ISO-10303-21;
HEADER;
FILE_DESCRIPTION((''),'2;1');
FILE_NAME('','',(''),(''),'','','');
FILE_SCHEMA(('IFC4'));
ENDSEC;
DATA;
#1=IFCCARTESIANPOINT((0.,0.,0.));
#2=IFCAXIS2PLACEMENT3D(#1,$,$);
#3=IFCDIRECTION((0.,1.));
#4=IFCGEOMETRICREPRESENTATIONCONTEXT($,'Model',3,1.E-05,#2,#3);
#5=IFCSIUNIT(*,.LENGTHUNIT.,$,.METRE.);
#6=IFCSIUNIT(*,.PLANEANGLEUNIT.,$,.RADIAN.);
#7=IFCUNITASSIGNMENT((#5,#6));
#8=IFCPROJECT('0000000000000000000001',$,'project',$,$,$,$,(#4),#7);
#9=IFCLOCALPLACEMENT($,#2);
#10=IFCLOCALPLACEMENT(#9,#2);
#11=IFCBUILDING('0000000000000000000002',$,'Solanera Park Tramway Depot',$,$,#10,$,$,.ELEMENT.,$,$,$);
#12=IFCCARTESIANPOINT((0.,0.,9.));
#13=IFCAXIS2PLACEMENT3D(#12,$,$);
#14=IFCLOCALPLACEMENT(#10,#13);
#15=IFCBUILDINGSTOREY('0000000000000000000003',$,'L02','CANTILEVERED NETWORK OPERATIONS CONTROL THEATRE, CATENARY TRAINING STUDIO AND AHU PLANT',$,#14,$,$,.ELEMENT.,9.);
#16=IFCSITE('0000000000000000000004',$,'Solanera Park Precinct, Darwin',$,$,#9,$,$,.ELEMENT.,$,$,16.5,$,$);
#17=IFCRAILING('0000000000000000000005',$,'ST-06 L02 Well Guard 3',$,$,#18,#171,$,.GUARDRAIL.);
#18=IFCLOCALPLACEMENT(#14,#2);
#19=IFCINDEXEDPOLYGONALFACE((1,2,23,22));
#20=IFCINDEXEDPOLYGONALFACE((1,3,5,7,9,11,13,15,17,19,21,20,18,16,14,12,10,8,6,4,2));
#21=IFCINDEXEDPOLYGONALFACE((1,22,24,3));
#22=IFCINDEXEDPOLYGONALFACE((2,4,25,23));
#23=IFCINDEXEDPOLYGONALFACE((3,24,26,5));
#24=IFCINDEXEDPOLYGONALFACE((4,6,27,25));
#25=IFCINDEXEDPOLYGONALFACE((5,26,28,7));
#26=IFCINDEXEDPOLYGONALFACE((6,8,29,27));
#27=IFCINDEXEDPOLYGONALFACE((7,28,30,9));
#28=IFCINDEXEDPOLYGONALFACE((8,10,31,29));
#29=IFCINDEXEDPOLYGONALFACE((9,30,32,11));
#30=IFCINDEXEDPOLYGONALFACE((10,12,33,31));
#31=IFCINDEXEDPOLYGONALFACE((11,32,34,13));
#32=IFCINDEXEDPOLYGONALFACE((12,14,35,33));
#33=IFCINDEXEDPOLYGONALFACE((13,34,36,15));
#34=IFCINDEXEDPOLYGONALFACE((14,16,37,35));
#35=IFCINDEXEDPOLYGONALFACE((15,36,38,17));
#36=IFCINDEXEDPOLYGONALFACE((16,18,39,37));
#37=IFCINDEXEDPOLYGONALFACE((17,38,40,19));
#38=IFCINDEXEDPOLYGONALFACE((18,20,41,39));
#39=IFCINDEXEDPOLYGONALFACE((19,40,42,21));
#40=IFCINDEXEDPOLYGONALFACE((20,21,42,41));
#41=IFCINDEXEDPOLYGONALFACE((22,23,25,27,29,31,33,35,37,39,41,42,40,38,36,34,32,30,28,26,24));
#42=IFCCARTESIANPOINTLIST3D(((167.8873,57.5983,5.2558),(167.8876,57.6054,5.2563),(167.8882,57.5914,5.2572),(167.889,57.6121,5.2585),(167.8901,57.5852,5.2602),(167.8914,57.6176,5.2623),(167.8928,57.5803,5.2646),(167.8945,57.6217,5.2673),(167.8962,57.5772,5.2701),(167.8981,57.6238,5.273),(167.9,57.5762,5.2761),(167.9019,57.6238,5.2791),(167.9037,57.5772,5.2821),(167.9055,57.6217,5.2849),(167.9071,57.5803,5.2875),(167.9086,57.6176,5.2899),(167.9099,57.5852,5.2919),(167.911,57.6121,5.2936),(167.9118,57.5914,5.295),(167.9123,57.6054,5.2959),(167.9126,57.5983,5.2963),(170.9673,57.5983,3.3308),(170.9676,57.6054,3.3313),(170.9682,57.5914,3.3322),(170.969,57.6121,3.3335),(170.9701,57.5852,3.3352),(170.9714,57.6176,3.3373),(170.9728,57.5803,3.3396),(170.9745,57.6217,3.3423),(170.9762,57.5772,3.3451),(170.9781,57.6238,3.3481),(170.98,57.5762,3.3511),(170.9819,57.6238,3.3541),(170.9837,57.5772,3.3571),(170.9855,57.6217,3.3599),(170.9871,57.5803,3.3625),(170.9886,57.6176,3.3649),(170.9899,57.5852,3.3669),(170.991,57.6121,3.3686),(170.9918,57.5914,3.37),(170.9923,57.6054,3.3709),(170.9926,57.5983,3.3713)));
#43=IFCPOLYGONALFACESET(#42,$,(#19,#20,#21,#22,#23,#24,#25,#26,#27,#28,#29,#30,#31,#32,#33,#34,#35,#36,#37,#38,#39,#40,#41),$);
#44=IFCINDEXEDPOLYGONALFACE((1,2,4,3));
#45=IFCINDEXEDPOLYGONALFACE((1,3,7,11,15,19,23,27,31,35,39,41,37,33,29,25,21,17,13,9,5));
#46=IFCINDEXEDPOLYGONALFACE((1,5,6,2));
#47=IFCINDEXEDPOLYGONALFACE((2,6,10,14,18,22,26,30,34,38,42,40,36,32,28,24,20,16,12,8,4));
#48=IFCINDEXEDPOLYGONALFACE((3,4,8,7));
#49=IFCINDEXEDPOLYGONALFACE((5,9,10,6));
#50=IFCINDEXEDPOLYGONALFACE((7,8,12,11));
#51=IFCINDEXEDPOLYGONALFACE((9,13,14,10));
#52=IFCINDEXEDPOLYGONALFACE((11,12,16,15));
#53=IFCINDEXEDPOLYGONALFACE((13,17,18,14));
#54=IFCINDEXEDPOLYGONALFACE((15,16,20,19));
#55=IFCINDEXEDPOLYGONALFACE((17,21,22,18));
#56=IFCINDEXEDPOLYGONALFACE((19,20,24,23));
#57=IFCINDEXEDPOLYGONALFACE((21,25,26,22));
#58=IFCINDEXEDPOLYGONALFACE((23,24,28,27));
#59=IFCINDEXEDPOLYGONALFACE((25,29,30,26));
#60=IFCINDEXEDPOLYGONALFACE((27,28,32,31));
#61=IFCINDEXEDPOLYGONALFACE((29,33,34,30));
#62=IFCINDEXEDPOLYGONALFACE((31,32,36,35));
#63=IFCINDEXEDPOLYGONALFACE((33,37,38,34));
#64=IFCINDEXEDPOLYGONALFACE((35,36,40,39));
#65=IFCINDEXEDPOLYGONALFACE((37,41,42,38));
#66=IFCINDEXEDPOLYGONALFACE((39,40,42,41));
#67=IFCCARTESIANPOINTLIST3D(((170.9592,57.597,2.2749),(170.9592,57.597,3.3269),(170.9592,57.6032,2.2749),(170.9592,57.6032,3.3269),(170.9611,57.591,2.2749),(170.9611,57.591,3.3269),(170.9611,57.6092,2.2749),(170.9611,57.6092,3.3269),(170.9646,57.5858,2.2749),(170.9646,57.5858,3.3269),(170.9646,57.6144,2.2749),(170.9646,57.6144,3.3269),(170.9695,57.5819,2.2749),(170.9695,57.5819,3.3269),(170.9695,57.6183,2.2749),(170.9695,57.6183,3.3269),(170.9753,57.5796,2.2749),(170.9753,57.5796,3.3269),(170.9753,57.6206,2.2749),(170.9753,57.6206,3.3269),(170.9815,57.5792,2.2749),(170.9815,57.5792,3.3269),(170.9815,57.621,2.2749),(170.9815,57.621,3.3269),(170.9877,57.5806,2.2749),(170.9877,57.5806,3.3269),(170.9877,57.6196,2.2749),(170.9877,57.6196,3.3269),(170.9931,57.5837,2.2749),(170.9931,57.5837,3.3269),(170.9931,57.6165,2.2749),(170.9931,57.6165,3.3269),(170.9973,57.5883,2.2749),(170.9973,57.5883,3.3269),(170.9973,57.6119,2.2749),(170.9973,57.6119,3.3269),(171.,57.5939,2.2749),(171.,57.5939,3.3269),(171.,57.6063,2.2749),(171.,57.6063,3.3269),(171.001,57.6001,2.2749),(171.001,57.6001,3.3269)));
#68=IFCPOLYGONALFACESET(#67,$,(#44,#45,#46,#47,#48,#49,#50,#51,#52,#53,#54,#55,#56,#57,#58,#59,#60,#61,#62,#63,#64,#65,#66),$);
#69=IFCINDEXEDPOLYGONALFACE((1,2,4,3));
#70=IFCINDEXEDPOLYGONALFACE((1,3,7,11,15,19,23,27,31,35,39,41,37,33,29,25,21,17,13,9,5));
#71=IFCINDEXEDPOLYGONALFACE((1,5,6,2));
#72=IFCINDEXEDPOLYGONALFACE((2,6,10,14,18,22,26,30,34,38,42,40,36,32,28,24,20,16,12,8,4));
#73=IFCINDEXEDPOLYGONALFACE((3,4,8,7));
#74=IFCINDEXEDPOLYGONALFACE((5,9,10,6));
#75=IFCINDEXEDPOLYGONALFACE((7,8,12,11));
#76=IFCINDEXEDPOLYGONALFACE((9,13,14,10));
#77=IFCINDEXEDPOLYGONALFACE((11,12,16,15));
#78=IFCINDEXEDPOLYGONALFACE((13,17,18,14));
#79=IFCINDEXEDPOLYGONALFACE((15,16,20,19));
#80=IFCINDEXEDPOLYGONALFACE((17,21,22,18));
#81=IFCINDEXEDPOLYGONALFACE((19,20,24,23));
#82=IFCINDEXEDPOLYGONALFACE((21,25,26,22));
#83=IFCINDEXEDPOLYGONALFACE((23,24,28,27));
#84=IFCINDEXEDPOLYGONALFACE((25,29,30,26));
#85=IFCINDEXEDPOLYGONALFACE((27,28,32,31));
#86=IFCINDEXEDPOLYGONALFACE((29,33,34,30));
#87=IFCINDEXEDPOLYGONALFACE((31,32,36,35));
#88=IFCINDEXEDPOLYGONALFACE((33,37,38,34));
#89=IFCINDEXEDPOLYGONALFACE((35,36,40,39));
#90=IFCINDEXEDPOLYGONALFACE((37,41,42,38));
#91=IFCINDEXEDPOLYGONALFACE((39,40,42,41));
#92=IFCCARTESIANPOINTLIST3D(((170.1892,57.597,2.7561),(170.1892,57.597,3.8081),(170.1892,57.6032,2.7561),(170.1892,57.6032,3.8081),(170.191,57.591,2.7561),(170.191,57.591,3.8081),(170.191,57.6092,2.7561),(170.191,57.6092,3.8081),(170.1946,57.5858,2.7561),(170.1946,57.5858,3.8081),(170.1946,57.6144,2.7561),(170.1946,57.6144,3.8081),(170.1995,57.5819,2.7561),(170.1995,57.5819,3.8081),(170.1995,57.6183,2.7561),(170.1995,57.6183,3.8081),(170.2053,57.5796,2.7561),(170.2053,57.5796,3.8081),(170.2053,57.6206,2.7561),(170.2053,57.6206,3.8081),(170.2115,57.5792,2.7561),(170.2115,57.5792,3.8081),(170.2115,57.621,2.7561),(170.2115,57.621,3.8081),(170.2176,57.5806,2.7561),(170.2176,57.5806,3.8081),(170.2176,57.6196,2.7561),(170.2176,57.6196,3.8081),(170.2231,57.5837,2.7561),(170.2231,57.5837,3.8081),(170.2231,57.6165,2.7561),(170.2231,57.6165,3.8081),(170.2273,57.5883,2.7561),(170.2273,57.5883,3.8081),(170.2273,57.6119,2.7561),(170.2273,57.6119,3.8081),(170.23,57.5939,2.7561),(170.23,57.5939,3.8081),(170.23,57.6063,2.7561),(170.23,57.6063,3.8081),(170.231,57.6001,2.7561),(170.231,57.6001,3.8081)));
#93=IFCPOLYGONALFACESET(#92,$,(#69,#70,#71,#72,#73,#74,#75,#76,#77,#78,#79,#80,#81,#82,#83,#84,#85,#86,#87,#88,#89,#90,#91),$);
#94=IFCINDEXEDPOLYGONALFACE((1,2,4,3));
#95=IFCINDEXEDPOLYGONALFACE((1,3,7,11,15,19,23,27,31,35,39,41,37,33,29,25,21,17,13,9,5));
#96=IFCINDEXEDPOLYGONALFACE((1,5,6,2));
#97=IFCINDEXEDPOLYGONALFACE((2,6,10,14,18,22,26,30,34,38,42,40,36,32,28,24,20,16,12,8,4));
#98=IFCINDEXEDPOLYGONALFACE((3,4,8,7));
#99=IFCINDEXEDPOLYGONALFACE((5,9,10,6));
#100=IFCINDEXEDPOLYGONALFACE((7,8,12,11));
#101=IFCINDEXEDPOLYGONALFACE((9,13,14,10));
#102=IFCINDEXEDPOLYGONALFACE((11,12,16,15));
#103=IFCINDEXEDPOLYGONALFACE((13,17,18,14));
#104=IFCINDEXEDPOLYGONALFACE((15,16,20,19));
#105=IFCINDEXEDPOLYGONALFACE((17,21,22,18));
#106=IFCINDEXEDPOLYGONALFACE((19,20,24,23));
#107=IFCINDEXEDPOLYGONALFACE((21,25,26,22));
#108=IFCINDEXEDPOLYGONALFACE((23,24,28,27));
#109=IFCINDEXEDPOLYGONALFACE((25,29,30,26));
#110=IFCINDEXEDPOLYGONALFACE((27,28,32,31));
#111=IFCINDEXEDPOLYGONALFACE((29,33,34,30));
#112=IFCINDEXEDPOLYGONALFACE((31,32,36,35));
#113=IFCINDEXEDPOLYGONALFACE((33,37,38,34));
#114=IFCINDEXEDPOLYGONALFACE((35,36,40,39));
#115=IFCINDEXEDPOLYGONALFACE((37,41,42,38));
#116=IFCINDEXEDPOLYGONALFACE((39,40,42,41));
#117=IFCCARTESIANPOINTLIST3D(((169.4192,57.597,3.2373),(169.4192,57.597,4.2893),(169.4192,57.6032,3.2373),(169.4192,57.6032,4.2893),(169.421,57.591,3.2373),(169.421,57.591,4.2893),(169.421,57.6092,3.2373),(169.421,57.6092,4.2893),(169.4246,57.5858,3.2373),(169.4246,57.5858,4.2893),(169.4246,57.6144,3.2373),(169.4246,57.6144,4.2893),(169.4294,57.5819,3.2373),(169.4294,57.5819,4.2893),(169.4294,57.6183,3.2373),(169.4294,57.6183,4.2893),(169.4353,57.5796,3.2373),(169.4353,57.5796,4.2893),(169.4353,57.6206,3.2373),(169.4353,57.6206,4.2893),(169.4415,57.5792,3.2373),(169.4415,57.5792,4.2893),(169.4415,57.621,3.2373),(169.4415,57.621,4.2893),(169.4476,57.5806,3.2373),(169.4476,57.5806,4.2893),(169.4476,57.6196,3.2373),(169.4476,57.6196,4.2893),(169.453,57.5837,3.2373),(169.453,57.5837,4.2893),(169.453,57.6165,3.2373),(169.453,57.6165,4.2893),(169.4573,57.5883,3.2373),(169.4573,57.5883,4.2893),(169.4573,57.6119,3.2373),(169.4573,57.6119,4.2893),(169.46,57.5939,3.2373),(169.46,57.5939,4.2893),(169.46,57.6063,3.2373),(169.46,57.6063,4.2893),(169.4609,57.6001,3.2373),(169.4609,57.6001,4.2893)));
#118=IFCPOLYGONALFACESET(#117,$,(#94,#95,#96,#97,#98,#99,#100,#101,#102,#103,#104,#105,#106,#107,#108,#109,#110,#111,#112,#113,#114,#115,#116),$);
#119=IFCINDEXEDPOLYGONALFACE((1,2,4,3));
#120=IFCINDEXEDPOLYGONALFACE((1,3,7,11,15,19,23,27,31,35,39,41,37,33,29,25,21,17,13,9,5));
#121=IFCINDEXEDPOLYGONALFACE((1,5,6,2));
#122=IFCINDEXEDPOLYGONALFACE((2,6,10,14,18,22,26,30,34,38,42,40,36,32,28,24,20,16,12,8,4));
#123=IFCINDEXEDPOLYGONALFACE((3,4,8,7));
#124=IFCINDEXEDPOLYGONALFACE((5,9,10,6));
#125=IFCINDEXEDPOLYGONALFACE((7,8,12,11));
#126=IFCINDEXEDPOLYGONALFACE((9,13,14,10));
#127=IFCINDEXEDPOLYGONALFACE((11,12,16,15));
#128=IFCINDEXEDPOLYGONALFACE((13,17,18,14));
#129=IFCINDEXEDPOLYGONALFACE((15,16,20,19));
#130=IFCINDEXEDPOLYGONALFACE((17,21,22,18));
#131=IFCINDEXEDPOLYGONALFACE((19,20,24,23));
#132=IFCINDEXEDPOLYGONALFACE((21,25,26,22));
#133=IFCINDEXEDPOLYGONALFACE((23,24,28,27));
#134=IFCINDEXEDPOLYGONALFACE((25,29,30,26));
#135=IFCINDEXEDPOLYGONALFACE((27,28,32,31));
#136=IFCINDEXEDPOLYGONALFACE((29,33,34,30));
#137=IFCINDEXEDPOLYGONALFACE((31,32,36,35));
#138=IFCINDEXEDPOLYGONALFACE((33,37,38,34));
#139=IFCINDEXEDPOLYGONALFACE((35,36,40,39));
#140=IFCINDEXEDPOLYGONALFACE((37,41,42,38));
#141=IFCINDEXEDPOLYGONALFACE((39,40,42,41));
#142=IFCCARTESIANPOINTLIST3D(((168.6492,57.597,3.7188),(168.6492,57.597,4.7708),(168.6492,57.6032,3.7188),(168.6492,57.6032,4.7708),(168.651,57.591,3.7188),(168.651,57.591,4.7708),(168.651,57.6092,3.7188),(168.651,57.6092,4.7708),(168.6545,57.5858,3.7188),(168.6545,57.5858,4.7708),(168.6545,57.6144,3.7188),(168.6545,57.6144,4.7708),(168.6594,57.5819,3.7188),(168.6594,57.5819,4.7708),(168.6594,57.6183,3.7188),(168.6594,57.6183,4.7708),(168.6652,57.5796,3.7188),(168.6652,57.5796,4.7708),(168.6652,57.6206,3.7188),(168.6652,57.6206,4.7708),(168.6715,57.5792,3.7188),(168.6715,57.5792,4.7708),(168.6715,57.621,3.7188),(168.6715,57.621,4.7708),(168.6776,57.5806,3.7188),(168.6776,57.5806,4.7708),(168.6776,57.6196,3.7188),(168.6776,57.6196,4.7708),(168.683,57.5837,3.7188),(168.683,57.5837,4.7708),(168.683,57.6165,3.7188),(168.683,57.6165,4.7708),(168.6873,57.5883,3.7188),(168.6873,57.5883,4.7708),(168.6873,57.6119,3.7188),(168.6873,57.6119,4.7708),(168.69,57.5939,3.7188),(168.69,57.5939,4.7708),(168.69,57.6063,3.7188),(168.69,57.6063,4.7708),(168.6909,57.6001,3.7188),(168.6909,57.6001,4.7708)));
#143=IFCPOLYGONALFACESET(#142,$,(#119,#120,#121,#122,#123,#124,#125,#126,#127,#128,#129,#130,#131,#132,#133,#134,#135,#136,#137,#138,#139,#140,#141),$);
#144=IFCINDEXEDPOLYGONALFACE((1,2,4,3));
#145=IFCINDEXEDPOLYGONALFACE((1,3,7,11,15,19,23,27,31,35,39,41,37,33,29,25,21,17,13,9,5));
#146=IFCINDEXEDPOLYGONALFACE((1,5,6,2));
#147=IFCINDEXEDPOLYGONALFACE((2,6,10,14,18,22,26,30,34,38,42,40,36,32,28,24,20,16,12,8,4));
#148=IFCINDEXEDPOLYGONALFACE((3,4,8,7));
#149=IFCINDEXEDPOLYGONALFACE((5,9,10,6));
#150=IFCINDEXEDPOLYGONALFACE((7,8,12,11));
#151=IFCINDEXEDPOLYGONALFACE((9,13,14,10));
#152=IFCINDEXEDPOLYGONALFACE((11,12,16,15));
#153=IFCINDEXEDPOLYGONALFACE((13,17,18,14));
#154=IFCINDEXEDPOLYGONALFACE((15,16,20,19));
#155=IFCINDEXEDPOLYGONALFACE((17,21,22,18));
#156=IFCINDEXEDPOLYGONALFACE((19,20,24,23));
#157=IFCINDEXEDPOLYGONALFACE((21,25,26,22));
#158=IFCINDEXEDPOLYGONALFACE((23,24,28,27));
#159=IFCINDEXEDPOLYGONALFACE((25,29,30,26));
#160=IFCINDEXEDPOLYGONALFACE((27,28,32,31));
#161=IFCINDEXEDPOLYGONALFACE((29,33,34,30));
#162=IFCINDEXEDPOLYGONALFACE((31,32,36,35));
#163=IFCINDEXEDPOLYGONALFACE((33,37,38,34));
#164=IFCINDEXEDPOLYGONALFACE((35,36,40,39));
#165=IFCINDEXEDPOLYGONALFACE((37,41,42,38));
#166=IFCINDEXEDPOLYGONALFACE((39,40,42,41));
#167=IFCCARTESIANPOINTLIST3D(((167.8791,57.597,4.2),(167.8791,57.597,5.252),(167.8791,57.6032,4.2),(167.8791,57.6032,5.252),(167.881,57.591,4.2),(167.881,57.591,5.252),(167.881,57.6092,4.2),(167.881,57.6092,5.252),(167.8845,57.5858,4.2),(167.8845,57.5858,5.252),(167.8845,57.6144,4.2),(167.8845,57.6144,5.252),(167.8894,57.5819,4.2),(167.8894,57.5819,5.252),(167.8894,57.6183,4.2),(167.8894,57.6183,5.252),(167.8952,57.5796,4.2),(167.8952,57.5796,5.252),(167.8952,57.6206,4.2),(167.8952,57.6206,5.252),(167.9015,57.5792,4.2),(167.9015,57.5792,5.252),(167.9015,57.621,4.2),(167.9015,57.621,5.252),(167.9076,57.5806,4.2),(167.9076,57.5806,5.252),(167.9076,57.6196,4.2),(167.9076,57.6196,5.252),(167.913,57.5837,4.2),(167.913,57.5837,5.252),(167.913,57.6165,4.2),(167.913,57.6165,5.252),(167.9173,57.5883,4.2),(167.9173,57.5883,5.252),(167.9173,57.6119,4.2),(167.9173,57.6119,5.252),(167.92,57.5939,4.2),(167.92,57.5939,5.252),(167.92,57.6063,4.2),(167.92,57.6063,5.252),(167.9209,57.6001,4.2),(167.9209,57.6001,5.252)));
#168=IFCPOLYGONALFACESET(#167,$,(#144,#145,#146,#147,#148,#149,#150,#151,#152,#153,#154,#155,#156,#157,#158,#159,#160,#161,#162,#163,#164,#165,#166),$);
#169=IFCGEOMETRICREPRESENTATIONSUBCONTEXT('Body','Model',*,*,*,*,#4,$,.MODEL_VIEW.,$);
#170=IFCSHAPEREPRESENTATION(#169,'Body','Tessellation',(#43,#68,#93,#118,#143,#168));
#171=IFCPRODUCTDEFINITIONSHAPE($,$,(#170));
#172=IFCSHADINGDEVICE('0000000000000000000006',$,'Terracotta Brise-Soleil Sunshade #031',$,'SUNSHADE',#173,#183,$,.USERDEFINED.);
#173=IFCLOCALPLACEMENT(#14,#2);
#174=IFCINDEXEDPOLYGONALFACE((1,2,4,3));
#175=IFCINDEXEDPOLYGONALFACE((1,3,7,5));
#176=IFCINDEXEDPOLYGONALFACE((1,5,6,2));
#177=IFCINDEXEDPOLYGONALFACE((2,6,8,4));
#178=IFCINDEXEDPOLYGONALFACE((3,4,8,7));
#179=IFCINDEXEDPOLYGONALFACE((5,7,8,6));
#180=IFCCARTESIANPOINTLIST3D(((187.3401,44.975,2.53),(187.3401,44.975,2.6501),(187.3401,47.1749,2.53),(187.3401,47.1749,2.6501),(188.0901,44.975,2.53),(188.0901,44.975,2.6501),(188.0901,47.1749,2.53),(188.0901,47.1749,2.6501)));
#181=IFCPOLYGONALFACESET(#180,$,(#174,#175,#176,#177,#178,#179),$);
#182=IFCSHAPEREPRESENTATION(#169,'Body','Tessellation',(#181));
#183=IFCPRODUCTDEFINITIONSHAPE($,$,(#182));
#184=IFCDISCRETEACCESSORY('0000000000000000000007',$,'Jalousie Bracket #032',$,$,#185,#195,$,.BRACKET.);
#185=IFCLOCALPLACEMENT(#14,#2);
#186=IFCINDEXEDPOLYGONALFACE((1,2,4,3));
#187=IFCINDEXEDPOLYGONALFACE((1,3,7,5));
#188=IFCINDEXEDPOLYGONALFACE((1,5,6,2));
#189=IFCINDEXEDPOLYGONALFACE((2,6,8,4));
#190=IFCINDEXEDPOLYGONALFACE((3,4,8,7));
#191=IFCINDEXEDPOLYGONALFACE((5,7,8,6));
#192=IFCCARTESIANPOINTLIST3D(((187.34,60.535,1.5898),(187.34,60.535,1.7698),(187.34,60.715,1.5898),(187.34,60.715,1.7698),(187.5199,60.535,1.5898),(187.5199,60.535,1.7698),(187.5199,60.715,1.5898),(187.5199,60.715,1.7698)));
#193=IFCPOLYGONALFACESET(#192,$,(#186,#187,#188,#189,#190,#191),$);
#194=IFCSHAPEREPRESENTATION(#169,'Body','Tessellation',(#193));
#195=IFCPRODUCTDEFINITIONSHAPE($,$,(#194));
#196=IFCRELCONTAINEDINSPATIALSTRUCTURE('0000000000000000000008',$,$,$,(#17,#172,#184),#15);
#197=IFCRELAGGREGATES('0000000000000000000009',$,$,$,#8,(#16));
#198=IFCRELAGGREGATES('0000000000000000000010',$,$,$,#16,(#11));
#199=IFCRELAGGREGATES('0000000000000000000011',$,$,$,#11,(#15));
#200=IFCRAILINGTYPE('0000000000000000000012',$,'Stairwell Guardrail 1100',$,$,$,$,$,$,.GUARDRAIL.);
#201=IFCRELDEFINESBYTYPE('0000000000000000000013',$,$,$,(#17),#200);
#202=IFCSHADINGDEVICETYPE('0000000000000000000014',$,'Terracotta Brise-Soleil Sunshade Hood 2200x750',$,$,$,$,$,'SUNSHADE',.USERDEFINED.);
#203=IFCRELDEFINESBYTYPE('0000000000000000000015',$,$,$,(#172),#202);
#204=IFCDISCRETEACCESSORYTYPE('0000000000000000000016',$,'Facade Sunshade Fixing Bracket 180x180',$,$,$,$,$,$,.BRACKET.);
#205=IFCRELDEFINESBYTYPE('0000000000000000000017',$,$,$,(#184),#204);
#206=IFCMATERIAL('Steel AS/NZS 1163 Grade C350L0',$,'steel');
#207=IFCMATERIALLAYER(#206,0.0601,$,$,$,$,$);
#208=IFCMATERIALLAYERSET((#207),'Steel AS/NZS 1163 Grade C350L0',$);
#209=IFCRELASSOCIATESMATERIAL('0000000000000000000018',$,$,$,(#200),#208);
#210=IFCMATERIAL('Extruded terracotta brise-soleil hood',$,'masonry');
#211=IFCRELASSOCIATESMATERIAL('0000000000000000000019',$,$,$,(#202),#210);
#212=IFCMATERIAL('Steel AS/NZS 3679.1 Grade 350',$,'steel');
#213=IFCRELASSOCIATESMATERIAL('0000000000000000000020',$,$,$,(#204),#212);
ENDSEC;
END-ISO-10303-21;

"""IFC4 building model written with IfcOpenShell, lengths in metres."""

from ifc_helpers import new_model, si_unit, direction, frame, origin, origin_2d, place, context, subcontext, project, spatial, rectangle, circle, extrude, material, layer, layer_set, type_object, element, save


model = new_model("IFC4")

# Units and contexts
model_context = context("Model", 3, precision=1e-05, world=origin(), true_north=direction((0.0, 1.0)))
body_context = subcontext(model_context, "Body", "Model", "MODEL_VIEW")
ifc_project = project(units=[si_unit("LENGTHUNIT", "METRE"), si_unit("PLANEANGLEUNIT", "RADIAN")], contexts=[model_context])

# Site, building, storey
site_placement = place(None, origin())
site = spatial("IfcSite", under=ifc_project, at=site_placement, Name="Solanera Park Precinct, Darwin", CompositionType="ELEMENT", RefElevation=16.5)
building_placement = place(site_placement, origin())
building = spatial("IfcBuilding", under=site, at=building_placement, Name="Solanera Park Tramway Depot", CompositionType="ELEMENT")
storey_placement = place(building_placement, frame((0.0, 0.0, 9.0)))
storey = spatial("IfcBuildingStorey", under=building, at=storey_placement, Name="L02", Description="CANTILEVERED NETWORK OPERATIONS CONTROL THEATRE, CATENARY TRAINING STUDIO AND AHU PLANT", CompositionType="ELEMENT", Elevation=9.0)

# Railing
ifc_material_1 = material(Name="Steel AS/NZS 1163 Grade C350L0", Category="steel")
ifc_layer_1 = layer(ifc_material_1, 0.0601)
ifc_layer_set_1 = layer_set([ifc_layer_1], Name="Steel AS/NZS 1163 Grade C350L0")
railing_type_1 = type_object("IfcRailingType", Name="Stairwell Guardrail 1100", PredefinedType="GUARDRAIL", material=ifc_layer_set_1)
railing_1_placement = place(storey_placement, frame((170.98, 57.6001, 2.2749)))
element("IfcRailing", 1, at=railing_1_placement, inside=storey, type_object=railing_type_1, Name="ST-06 L02 Well Guard 3", PredefinedType="GUARDRAIL", context=body_context, shape_type="SweptSolid", body=[
    extrude(circle(Radius=0.0239, at=origin_2d()), frame((0.0, 0.0, 1.0762), z_axis=(-0.847998, 0.0, 0.529999), x_axis=(0.0, -1.0, 0.0)), (0.0, 0.0, 1.0), 3.6321),
    extrude(circle(Radius=0.021, at=origin_2d()), origin(), (0.0, 0.0, 1.0), 1.052),
    extrude(circle(Radius=0.021, at=origin_2d()), frame((-0.77, 0.0, 0.4812)), (0.0, 0.0, 1.0), 1.052),
    extrude(circle(Radius=0.021, at=origin_2d()), frame((-1.54, 0.0, 0.9624)), (0.0, 0.0, 1.0), 1.052),
    extrude(circle(Radius=0.021, at=origin_2d()), frame((-2.3101, 0.0, 1.4438)), (0.0, 0.0, 1.0), 1.052),
    extrude(circle(Radius=0.021, at=origin_2d()), frame((-3.0801, 0.0, 1.925)), (0.0, 0.0, 1.0), 1.052),
])

# Shading device
ifc_material_2 = material(Name="Extruded terracotta brise-soleil hood", Category="masonry")
shading_device_type = type_object("IfcShadingDeviceType", Name="Terracotta Brise-Soleil Sunshade Hood 2200x750", ElementType="SUNSHADE", PredefinedType="USERDEFINED", material=ifc_material_2)
shading_device_placement = place(storey_placement, frame((187.7151, 46.075, 2.53), z_axis=(0.0, 0.0, 1.0), x_axis=(0.0, 1.0, 0.0)))
element("IfcShadingDevice", 2, at=shading_device_placement, inside=storey, type_object=shading_device_type, Name="Terracotta Brise-Soleil Sunshade #031", ObjectType="SUNSHADE", PredefinedType="USERDEFINED", context=body_context, shape_type="SweptSolid", body=[
    extrude(rectangle(XDim=2.2, YDim=0.75, at=origin_2d()), origin(), (0.0, 0.0, 1.0), 0.1201),
])

# Discrete accessory
ifc_material_3 = material(Name="Steel AS/NZS 3679.1 Grade 350", Category="steel")
discrete_accessory_type = type_object("IfcDiscreteAccessoryType", Name="Facade Sunshade Fixing Bracket 180x180", PredefinedType="BRACKET", material=ifc_material_3)
discrete_accessory_placement = place(storey_placement, frame((187.4299, 60.625, 1.5898), z_axis=(0.0, 0.0, 1.0), x_axis=(0.0, 1.0, 0.0)))
element("IfcDiscreteAccessory", 3, at=discrete_accessory_placement, inside=storey, type_object=discrete_accessory_type, Name="Jalousie Bracket #032", PredefinedType="BRACKET", context=body_context, shape_type="SweptSolid", body=[
    extrude(rectangle(XDim=0.1799, YDim=0.1799, at=origin_2d()), origin(), (0.0, 0.0, 1.0), 0.1799),
])

save(model, "model.ifc")
